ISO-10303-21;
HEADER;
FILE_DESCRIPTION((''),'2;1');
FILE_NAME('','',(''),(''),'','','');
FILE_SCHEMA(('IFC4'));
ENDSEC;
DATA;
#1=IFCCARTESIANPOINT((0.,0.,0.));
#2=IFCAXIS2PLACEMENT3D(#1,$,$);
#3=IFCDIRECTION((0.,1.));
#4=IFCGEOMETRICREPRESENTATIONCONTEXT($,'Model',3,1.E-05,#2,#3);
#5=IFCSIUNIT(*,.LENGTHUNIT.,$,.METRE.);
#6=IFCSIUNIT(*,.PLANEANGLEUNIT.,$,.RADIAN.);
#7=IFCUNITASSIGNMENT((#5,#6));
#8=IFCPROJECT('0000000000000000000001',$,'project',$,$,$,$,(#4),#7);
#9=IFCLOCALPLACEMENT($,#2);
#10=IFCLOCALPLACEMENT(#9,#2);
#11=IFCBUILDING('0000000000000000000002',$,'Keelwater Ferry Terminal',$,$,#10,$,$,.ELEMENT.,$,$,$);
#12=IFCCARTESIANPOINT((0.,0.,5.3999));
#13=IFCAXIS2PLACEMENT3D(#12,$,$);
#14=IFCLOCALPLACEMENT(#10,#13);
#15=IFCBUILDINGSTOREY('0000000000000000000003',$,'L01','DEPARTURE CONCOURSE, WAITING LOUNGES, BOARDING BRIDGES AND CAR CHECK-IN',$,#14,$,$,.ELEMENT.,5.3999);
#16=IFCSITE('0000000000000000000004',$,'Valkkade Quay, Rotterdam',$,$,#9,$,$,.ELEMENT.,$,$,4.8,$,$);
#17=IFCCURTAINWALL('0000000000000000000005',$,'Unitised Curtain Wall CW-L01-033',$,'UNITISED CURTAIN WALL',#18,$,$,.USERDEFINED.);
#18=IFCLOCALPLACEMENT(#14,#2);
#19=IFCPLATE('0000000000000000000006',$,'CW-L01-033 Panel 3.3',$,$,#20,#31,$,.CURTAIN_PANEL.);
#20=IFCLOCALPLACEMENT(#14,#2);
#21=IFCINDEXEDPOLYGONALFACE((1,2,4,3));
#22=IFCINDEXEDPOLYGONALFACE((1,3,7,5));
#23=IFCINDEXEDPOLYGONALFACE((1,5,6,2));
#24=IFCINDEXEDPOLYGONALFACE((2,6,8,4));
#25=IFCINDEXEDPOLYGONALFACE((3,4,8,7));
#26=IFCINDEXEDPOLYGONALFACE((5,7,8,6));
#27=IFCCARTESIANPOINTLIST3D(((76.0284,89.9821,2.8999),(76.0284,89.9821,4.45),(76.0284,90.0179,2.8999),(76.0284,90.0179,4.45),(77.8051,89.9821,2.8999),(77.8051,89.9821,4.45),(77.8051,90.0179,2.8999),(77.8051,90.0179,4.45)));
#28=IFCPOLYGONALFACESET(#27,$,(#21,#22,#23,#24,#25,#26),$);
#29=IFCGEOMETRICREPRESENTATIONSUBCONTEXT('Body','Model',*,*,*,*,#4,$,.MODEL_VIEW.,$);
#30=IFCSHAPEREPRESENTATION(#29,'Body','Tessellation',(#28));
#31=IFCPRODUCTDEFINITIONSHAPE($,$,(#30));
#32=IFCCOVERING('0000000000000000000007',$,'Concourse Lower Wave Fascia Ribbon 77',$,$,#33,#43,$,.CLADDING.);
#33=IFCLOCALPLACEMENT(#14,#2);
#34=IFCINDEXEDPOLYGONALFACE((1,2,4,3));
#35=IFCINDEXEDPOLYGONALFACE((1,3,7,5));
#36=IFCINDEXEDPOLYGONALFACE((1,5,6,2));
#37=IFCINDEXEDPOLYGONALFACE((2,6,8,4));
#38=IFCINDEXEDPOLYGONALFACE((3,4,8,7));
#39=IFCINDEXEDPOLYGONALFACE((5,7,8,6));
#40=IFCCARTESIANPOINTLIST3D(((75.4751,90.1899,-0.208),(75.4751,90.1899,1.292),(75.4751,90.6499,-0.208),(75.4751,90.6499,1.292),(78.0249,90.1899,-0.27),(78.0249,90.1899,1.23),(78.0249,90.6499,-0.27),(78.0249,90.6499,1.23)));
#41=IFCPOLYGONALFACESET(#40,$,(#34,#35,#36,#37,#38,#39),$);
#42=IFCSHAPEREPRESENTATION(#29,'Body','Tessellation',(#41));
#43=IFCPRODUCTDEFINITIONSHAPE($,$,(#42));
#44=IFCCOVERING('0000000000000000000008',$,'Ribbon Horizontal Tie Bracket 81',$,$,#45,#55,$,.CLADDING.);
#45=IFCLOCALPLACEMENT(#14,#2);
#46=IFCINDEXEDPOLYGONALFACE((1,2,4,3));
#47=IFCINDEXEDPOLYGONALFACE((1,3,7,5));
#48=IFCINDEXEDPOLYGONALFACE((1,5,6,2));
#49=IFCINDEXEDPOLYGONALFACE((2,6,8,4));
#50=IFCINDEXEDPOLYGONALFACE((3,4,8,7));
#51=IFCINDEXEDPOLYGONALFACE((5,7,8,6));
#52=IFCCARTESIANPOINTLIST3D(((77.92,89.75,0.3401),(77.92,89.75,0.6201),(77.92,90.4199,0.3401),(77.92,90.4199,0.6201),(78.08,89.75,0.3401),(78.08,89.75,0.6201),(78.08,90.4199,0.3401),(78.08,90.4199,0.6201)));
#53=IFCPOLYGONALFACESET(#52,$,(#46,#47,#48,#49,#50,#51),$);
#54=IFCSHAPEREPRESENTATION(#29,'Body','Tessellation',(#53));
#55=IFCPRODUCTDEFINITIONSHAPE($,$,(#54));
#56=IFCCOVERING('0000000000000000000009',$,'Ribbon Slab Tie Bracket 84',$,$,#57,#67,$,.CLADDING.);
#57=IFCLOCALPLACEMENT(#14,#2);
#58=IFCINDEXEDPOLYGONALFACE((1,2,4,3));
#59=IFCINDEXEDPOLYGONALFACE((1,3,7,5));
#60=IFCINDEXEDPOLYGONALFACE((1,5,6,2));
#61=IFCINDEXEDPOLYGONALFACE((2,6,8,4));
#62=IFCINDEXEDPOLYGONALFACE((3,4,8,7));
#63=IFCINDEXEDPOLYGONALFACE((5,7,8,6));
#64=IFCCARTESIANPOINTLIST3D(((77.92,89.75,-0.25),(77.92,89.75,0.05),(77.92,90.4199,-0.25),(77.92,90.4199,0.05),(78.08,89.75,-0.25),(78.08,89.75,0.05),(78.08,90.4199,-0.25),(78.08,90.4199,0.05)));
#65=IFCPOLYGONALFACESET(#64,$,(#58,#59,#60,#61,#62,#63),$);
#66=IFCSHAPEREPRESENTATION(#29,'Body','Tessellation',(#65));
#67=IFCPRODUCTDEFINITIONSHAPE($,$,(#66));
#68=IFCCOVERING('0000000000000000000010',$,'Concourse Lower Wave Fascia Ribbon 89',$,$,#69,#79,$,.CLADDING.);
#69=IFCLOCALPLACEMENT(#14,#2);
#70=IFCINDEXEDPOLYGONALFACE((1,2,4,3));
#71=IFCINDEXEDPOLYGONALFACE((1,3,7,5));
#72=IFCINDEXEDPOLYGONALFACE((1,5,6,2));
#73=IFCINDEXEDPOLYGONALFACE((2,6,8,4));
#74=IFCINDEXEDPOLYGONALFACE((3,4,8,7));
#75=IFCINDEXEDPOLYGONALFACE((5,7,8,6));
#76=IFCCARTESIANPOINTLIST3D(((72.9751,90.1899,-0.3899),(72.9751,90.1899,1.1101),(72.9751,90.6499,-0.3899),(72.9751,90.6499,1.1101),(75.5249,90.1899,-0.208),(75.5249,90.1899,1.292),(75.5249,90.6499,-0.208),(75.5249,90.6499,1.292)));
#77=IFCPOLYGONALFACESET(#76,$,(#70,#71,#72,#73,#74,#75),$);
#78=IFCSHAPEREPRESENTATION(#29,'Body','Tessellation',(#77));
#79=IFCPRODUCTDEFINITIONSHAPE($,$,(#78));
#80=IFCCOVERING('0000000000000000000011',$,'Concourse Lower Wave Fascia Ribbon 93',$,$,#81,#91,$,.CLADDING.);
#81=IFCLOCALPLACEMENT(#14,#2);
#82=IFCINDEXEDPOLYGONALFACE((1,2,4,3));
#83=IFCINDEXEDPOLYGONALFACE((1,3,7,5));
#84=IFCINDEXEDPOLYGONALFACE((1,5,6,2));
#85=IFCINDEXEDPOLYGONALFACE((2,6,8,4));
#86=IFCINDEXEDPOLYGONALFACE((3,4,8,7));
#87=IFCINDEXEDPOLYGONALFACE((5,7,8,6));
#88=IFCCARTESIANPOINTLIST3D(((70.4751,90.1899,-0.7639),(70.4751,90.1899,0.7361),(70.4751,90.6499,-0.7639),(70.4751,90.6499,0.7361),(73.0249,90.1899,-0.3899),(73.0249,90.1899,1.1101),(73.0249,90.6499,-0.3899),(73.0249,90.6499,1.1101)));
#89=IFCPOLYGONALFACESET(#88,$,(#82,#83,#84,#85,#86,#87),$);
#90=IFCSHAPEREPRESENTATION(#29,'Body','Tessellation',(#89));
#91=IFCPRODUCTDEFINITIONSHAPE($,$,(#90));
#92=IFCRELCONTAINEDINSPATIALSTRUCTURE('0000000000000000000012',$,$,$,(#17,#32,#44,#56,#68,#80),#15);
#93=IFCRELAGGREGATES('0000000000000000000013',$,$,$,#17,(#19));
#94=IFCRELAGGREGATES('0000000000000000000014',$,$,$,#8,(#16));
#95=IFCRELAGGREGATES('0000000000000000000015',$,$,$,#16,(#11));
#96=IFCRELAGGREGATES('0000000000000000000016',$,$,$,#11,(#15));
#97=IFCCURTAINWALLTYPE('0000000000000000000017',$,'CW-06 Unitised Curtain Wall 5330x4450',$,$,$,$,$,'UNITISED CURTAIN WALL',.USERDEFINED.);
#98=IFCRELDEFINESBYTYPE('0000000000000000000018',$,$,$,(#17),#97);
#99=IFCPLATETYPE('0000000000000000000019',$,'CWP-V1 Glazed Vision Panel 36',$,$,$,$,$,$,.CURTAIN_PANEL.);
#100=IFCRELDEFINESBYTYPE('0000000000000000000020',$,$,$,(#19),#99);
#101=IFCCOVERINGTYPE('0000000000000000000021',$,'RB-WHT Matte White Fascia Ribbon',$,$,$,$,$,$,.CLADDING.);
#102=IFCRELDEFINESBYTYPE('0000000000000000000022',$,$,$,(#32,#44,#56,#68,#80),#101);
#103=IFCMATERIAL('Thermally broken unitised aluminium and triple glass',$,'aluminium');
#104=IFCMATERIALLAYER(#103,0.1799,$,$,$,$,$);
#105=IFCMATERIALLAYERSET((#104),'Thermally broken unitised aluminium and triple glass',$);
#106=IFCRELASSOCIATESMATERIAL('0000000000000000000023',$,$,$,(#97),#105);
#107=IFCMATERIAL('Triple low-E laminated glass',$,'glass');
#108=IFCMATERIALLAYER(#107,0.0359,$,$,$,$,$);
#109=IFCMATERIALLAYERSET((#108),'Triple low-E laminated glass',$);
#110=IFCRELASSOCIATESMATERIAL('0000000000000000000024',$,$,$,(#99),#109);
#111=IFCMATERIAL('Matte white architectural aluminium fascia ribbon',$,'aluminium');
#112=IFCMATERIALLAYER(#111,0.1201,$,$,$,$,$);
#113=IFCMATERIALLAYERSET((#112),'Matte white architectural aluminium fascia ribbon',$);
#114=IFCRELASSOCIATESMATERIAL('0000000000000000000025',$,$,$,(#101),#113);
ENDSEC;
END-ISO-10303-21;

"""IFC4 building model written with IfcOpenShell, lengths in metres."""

from ifc_helpers import new_model, si_unit, direction, frame, frame_2d, origin, origin_2d, place, context, subcontext, project, spatial, polyline, rectangle, outline, extrude, material, layer, layer_set, type_object, element, aggregate, save


model = new_model("IFC4")

# Units and contexts
model_context = context("Model", 3, precision=1e-05, world=origin(), true_north=direction((0.0, 1.0)))
body_context = subcontext(model_context, "Body", "Model", "MODEL_VIEW")
ifc_project = project(units=[si_unit("LENGTHUNIT", "METRE"), si_unit("PLANEANGLEUNIT", "RADIAN")], contexts=[model_context])

# Site, building, storey
site_placement = place(None, origin())
site = spatial("IfcSite", under=ifc_project, at=site_placement, Name="Valkkade Quay, Rotterdam", CompositionType="ELEMENT", RefElevation=4.8)
building_placement = place(site_placement, origin())
building = spatial("IfcBuilding", under=site, at=building_placement, Name="Keelwater Ferry Terminal", CompositionType="ELEMENT")
storey_placement = place(building_placement, frame((0.0, 0.0, 5.3999)))
storey = spatial("IfcBuildingStorey", under=building, at=storey_placement, Name="L01", Description="DEPARTURE CONCOURSE, WAITING LOUNGES, BOARDING BRIDGES AND CAR CHECK-IN", CompositionType="ELEMENT", Elevation=5.3999)

# Shared definitions
ifc_material_1 = material(Name="Thermally broken unitised aluminium and triple glass", Category="aluminium")
ifc_layer_1 = layer(ifc_material_1, 0.1799)
ifc_layer_set_1 = layer_set([ifc_layer_1], Name="Thermally broken unitised aluminium and triple glass")
curtain_wall_type = type_object("IfcCurtainWallType", Name="CW-06 Unitised Curtain Wall 5330x4450", ElementType="UNITISED CURTAIN WALL", PredefinedType="USERDEFINED", material=ifc_layer_set_1)

# Curtain wall
curtain_wall_1_placement = place(storey_placement, origin())
curtain_wall_1 = element("IfcCurtainWall", 1, at=curtain_wall_1_placement, inside=storey, type_object=curtain_wall_type, Name="Unitised Curtain Wall CW-L01-033", ObjectType="UNITISED CURTAIN WALL", PredefinedType="USERDEFINED")

# Plate
ifc_material_2 = material(Name="Triple low-E laminated glass", Category="glass")
ifc_layer_2 = layer(ifc_material_2, 0.0359)
ifc_layer_set_2 = layer_set([ifc_layer_2], Name="Triple low-E laminated glass")
plate_type_1 = type_object("IfcPlateType", Name="CWP-V1 Glazed Vision Panel 36", PredefinedType="CURTAIN_PANEL", material=ifc_layer_set_2)
plate_1_placement = place(storey_placement, frame((76.9167, 90.0, 2.8999), z_axis=(0.0, 0.0, 1.0), x_axis=(1.0, 0.0, 0.0)))
plate_1 = element("IfcPlate", 2, at=plate_1_placement, type_object=plate_type_1, Name="CW-L01-033 Panel 3.3", PredefinedType="CURTAIN_PANEL", context=body_context, shape_type="SweptSolid", body=[
    extrude(rectangle(XDim=1.7766, YDim=0.0359, at=origin_2d()), origin(), (0.0, 0.0, 1.0), 1.55),
])
aggregate(curtain_wall_1, [plate_1])

# Coverings
ifc_material_3 = material(Name="Matte white architectural aluminium fascia ribbon", Category="aluminium")
ifc_layer_3 = layer(ifc_material_3, 0.1201)
ifc_layer_set_3 = layer_set([ifc_layer_3], Name="Matte white architectural aluminium fascia ribbon")
covering_type = type_object("IfcCoveringType", Name="RB-WHT Matte White Fascia Ribbon", PredefinedType="CLADDING", material=ifc_layer_set_3)
covering_1_placement = place(storey_placement, frame((78.0249, 90.4199, -0.27), z_axis=(0.0, 0.0, 1.0), x_axis=(-1.0, 0.0, 0.0)))
element("IfcCovering", 3, at=covering_1_placement, inside=storey, type_object=covering_type, Name="Concourse Lower Wave Fascia Ribbon 77", PredefinedType="CLADDING", context=body_context, shape_type="SweptSolid", body=[
    extrude(outline(polyline([(0.0, 0.0), (2.5498, 0.062), (2.5498, 1.562), (0.0, 1.5), (0.0, 0.0)])), frame((0.0, 0.23, 0.0), z_axis=(0.0, -1.0, 0.0), x_axis=(1.0, 0.0, 0.0)), (0.0, 0.0, 1.0), 0.46),
])
covering_2_placement = place(storey_placement, frame((78.0, 90.4199, 0.3401), z_axis=(0.0, 0.0, 1.0), x_axis=(0.0, -1.0, 0.0)))
element("IfcCovering", 4, at=covering_2_placement, inside=storey, type_object=covering_type, Name="Ribbon Horizontal Tie Bracket 81", PredefinedType="CLADDING", context=body_context, shape_type="SweptSolid", body=[
    extrude(rectangle(XDim=0.6699, YDim=0.1599, at=frame_2d((0.335, 0.0))), origin(), (0.0, 0.0, 1.0), 0.28),
])
covering_3_placement = place(storey_placement, frame((78.0, 90.4199, -0.25), z_axis=(0.0, 0.0, 1.0), x_axis=(0.0, -1.0, 0.0)))
element("IfcCovering", 5, at=covering_3_placement, inside=storey, type_object=covering_type, Name="Ribbon Slab Tie Bracket 84", PredefinedType="CLADDING", context=body_context, shape_type="SweptSolid", body=[
    extrude(rectangle(XDim=0.6699, YDim=0.1599, at=frame_2d((0.335, 0.0))), origin(), (0.0, 0.0, 1.0), 0.3),
])
covering_4_placement = place(storey_placement, frame((75.5249, 90.4199, -0.3899), z_axis=(0.0, 0.0, 1.0), x_axis=(-1.0, 0.0, 0.0)))
element("IfcCovering", 6, at=covering_4_placement, inside=storey, type_object=covering_type, Name="Concourse Lower Wave Fascia Ribbon 89", PredefinedType="CLADDING", context=body_context, shape_type="SweptSolid", body=[
    extrude(outline(polyline([(0.0, 0.1819), (2.5498, 0.0), (2.5498, 1.5), (0.0, 1.6819), (0.0, 0.1819)])), frame((0.0, 0.23, 0.0), z_axis=(0.0, -1.0, 0.0), x_axis=(1.0, 0.0, 0.0)), (0.0, 0.0, 1.0), 0.46),
])
covering_5_placement = place(storey_placement, frame((73.0249, 90.4199, -0.7639), z_axis=(0.0, 0.0, 1.0), x_axis=(-1.0, 0.0, 0.0)))
element("IfcCovering", 7, at=covering_5_placement, inside=storey, type_object=covering_type, Name="Concourse Lower Wave Fascia Ribbon 93", PredefinedType="CLADDING", context=body_context, shape_type="SweptSolid", body=[
    extrude(outline(polyline([(0.0, 0.374), (2.5498, 0.0), (2.5498, 1.5), (0.0, 1.874), (0.0, 0.374)])), frame((0.0, 0.23, 0.0), z_axis=(0.0, -1.0, 0.0), x_axis=(1.0, 0.0, 0.0)), (0.0, 0.0, 1.0), 0.46),
])

save(model, "model.ifc")
